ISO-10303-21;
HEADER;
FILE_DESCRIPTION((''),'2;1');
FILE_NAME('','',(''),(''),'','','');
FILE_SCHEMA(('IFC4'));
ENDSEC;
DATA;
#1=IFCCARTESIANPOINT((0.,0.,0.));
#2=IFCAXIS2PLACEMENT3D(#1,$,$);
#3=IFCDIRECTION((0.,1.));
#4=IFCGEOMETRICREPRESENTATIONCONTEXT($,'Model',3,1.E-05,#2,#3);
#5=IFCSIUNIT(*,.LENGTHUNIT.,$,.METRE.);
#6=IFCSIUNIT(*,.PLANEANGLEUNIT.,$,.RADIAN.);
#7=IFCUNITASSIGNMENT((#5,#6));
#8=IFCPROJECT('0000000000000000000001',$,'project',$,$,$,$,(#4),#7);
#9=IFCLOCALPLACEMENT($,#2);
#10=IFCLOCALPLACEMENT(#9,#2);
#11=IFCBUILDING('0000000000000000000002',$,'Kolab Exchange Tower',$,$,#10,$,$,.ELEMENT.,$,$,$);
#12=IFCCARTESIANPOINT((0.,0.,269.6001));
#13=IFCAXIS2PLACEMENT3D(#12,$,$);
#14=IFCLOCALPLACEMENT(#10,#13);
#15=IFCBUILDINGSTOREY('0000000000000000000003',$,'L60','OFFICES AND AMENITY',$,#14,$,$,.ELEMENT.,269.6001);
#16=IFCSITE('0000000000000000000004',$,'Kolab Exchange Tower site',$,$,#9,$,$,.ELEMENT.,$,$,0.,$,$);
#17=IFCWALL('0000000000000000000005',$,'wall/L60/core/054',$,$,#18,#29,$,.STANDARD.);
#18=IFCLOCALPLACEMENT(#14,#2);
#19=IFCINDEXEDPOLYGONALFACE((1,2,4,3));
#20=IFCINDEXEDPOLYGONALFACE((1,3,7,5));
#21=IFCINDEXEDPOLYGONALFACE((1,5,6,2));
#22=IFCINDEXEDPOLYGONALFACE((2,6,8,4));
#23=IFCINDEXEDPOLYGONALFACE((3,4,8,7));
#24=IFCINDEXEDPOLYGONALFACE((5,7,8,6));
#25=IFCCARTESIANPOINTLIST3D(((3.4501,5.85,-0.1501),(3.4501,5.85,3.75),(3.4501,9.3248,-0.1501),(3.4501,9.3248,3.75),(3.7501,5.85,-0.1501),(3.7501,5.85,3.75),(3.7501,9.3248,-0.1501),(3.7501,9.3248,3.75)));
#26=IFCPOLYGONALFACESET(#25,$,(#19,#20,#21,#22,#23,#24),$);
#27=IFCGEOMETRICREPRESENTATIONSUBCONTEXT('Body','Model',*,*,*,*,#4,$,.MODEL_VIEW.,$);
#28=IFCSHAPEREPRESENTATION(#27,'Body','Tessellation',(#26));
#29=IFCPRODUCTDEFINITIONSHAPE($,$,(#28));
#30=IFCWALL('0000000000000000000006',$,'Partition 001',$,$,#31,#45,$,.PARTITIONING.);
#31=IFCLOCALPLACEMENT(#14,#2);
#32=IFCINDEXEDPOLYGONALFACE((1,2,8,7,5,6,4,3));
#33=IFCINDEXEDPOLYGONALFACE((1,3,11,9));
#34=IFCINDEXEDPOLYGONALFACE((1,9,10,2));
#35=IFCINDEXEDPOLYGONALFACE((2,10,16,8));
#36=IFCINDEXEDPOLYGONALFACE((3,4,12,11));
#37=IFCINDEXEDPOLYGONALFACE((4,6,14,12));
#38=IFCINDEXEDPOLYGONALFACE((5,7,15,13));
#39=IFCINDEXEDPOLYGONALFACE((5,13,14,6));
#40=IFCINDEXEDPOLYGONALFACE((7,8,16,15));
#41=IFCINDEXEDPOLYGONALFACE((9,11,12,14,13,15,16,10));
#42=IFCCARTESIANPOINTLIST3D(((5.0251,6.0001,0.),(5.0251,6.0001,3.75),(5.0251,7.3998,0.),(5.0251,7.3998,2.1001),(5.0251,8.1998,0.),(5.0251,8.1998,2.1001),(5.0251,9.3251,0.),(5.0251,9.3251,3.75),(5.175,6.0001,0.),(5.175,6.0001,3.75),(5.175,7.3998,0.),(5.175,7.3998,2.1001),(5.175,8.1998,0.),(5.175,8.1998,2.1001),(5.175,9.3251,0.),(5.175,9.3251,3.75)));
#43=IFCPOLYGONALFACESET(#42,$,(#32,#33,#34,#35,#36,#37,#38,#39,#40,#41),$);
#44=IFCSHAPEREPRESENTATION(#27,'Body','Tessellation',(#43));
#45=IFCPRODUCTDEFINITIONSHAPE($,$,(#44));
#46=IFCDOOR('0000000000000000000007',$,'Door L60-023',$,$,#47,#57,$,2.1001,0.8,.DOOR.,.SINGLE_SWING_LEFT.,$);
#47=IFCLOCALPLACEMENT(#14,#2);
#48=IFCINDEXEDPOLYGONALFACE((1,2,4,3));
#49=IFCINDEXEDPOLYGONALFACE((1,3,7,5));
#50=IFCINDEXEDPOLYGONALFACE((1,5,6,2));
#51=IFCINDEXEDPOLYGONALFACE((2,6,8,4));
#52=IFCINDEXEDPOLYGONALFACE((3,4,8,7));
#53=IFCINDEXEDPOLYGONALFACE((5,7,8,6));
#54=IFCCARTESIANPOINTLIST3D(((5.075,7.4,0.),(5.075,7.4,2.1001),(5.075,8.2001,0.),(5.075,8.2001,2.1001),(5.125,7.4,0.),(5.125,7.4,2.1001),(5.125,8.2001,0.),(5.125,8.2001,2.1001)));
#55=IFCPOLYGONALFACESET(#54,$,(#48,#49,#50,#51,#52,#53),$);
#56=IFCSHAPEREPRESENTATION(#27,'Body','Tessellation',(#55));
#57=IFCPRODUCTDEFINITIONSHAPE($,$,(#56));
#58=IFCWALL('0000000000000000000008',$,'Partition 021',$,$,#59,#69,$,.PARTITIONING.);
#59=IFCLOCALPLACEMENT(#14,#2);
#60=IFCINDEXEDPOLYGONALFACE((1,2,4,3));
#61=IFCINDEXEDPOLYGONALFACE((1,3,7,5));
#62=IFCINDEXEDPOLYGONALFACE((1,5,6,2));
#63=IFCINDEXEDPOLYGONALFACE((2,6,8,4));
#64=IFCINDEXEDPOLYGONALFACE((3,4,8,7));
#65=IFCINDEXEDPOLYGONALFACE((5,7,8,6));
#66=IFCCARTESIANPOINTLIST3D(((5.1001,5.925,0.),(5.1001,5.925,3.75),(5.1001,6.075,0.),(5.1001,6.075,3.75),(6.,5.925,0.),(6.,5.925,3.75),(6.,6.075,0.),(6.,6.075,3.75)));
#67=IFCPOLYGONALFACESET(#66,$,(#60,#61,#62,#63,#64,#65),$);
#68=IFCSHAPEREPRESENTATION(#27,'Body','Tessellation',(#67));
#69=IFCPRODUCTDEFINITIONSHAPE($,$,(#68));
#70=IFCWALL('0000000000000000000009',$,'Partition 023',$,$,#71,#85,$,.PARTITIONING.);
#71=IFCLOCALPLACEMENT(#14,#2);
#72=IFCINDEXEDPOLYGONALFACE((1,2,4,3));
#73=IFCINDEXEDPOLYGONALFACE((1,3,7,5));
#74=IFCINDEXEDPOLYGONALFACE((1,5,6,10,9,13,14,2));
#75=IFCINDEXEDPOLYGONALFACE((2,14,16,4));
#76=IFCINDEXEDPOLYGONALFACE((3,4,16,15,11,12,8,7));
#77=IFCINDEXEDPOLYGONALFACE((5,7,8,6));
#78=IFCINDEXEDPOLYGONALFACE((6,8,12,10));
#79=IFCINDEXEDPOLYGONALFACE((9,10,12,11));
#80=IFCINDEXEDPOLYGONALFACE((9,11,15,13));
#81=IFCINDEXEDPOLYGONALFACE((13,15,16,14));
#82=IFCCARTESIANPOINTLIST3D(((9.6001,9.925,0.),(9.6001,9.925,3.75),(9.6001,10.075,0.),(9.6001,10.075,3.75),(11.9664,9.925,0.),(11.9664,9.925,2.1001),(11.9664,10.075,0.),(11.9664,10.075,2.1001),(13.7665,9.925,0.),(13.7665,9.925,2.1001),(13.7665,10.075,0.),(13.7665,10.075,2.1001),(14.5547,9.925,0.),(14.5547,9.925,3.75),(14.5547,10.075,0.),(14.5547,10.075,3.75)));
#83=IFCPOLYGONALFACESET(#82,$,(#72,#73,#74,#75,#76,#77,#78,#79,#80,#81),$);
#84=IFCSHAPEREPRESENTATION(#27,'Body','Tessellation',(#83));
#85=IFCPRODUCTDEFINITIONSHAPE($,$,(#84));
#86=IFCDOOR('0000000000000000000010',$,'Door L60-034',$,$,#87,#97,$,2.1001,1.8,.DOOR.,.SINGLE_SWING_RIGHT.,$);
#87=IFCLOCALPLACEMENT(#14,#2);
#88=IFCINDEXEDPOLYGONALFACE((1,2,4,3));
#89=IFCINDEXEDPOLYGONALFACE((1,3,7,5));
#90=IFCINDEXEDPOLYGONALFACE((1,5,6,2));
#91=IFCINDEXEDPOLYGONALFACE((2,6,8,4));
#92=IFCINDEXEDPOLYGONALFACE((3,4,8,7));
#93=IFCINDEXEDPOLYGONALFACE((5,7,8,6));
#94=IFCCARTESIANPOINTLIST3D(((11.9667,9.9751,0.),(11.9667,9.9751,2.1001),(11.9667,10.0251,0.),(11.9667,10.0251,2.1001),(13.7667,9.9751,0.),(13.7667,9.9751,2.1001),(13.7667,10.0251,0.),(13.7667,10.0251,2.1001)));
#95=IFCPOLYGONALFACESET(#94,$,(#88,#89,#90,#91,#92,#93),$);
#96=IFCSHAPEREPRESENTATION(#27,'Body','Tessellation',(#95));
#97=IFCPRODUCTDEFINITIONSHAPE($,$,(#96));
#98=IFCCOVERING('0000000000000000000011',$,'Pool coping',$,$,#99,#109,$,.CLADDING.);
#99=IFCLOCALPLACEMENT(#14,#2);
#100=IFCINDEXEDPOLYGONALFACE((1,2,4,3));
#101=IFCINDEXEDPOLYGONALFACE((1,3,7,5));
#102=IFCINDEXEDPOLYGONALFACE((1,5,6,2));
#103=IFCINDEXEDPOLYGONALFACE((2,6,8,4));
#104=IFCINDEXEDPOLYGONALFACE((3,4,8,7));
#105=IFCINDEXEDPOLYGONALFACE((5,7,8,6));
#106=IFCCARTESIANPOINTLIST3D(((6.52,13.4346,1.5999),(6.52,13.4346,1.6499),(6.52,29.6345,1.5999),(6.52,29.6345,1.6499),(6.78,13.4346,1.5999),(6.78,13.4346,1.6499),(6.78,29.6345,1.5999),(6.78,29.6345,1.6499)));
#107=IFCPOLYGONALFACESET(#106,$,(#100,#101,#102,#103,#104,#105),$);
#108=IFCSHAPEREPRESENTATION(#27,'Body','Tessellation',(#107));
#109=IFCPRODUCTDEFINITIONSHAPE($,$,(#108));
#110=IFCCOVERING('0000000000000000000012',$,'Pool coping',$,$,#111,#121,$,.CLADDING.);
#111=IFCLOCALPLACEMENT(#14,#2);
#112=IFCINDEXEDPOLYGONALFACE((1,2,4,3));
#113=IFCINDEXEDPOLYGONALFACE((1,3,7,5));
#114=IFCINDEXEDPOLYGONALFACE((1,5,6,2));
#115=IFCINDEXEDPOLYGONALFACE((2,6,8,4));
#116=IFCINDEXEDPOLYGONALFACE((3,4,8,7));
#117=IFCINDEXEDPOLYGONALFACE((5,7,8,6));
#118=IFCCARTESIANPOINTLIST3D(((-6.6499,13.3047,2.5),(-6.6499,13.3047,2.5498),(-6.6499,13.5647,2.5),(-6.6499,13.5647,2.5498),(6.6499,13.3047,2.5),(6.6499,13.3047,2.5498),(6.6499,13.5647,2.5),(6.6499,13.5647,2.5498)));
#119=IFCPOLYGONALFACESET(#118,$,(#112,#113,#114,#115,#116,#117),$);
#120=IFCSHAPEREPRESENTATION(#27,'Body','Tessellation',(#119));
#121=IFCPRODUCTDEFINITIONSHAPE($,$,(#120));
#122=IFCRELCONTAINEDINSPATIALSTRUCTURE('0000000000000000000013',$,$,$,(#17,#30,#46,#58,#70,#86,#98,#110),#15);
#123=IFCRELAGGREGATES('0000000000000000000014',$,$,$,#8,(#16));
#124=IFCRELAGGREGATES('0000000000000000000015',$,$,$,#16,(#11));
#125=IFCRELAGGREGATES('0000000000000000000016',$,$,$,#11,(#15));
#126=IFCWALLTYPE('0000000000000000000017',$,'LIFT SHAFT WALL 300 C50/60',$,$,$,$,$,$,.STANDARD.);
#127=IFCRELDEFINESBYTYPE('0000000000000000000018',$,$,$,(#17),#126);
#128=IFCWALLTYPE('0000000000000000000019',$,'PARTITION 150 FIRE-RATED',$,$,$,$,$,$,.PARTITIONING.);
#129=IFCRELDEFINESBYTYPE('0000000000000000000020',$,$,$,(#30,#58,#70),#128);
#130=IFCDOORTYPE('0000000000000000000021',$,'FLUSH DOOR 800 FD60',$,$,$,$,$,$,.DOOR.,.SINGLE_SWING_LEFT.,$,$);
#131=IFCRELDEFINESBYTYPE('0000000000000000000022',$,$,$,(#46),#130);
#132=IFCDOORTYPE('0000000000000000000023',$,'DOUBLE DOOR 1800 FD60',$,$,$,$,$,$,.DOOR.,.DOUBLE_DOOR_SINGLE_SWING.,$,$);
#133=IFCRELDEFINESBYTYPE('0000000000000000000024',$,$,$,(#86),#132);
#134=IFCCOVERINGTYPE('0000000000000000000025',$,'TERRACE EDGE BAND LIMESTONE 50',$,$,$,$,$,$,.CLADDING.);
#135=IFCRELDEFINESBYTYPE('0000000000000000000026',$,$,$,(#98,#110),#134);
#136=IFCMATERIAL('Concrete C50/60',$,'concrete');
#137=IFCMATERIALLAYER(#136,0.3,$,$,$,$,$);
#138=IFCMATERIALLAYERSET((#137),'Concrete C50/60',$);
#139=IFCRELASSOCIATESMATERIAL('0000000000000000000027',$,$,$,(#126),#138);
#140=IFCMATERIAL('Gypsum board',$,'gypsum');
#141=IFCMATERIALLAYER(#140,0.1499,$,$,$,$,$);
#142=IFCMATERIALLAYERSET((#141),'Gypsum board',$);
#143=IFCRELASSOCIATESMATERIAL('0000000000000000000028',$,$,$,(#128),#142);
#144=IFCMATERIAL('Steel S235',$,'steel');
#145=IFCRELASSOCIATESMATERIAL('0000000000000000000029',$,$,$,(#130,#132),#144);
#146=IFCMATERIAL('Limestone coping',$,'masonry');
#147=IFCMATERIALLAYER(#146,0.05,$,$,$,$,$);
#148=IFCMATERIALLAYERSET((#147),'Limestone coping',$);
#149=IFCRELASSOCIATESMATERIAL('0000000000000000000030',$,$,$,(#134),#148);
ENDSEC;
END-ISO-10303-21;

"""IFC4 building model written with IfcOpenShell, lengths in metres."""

from ifc_helpers import new_model, si_unit, direction, frame, frame_2d, origin, place, context, subcontext, project, spatial, polyline, rectangle, outline, extrude, material, layer, layer_set, type_object, element, fill, save


model = new_model("IFC4")

# Units and contexts
model_context = context("Model", 3, precision=1e-05, world=origin(), true_north=direction((0.0, 1.0)))
body_context = subcontext(model_context, "Body", "Model", "MODEL_VIEW")
ifc_project = project(units=[si_unit("LENGTHUNIT", "METRE"), si_unit("PLANEANGLEUNIT", "RADIAN")], contexts=[model_context])

# Site, building, storey
site_placement = place(None, origin())
site = spatial("IfcSite", under=ifc_project, at=site_placement, Name="Kolab Exchange Tower site", CompositionType="ELEMENT", RefElevation=0.0)
building_placement = place(site_placement, origin())
building = spatial("IfcBuilding", under=site, at=building_placement, Name="Kolab Exchange Tower", CompositionType="ELEMENT")
storey_placement = place(building_placement, frame((0.0, 0.0, 269.6001)))
storey = spatial("IfcBuildingStorey", under=building, at=storey_placement, Name="L60", Description="OFFICES AND AMENITY", CompositionType="ELEMENT", Elevation=269.6001)

# Shared definitions
ifc_material_1 = material(Name="Concrete C50/60", Category="concrete")

# Shared definitions
ifc_layer_1 = layer(ifc_material_1, 0.3)
ifc_layer_set_1 = layer_set([ifc_layer_1], Name="Concrete C50/60")
wall_type_1 = type_object("IfcWallType", Name="LIFT SHAFT WALL 300 C50/60", PredefinedType="STANDARD", material=ifc_layer_set_1)

# Wall
for number, where, z_axis, x_axis, name in (
    (1, (3.6001, 5.8501, -0.1501), (0.0, 0.0, 1.0), (0.0, 1.0, 0.0), "wall/L60/core/054"),
):
    element("IfcWall", number, at=place(storey_placement, frame(where, z_axis=z_axis, x_axis=x_axis)), inside=storey, type_object=wall_type_1, Name=name, PredefinedType="STANDARD", context=body_context, shape_type="SweptSolid", body=[
        extrude(rectangle(XDim=3.4749, YDim=0.3, at=frame_2d((1.7373, 0.0))), origin(), (0.0, 0.0, 1.0), 3.9001),
    ])

# Wall, opening, door
ifc_material_2 = material(Name="Gypsum board", Category="gypsum")
ifc_layer_2 = layer(ifc_material_2, 0.1499)
ifc_layer_set_2 = layer_set([ifc_layer_2], Name="Gypsum board")
wall_type_2 = type_object("IfcWallType", Name="PARTITION 150 FIRE-RATED", PredefinedType="PARTITIONING", material=ifc_layer_set_2)
wall_1_placement = place(storey_placement, frame((5.1001, 6.0, 0.0), z_axis=(0.0, 0.0, 1.0), x_axis=(0.0, 1.0, 0.0)))
wall_1 = element("IfcWall", 2, at=wall_1_placement, inside=storey, type_object=wall_type_2, Name="Partition 001", PredefinedType="PARTITIONING", context=body_context, shape_type="SweptSolid", body=[
    extrude(rectangle(XDim=3.325, YDim=0.1499, at=frame_2d((1.6626, 0.0))), origin(), (0.0, 0.0, 1.0), 3.75),
])
opening_1_placement = place(wall_1_placement, frame((1.3999, 0.0, 0.0)))
opening_1 = element("IfcOpeningElement", 3, at=opening_1_placement, cuts=wall_1, PredefinedType="OPENING", context=body_context, shape_type="SweptSolid", body=[
    extrude(rectangle(XDim=0.8, YDim=2.1001, at=frame_2d((0.3999, 1.05))), frame((0.0, 0.085, 0.0), z_axis=(0.0, -1.0, 0.0), x_axis=(1.0, 0.0, 0.0)), (0.0, 0.0, 1.0), 0.1699),
])
ifc_material_3 = material(Name="Steel S235", Category="steel")
door_type_1 = type_object("IfcDoorType", Name="FLUSH DOOR 800 FD60", OperationType="SINGLE_SWING_LEFT", PredefinedType="DOOR", material=ifc_material_3)
door_1_placement = place(opening_1_placement, frame((0.8, 0.0, 0.0), z_axis=(0.0, 0.0, 1.0), x_axis=(-1.0, 0.0, 0.0)))
door_1 = element("IfcDoor", 4, at=door_1_placement, inside=storey, type_object=door_type_1, Name="Door L60-023", OperationType="SINGLE_SWING_LEFT", OverallHeight=2.1001, OverallWidth=0.8, PredefinedType="DOOR", context=body_context, shape_type="SweptSolid", body=[
    extrude(rectangle(XDim=0.8, YDim=2.1001, at=frame_2d((0.3999, 1.05))), frame((0.0, 0.0249, 0.0), z_axis=(0.0, -1.0, 0.0), x_axis=(1.0, 0.0, 0.0)), (0.0, 0.0, 1.0), 0.05),
])
fill(opening_1, door_1)

# Wall
wall_2_placement = place(storey_placement, frame((5.1001, 6.0, 0.0), z_axis=(0.0, 0.0, 1.0), x_axis=(1.0, 0.0, 0.0)))
element("IfcWall", 5, at=wall_2_placement, inside=storey, type_object=wall_type_2, Name="Partition 021", PredefinedType="PARTITIONING", context=body_context, shape_type="SweptSolid", body=[
    extrude(rectangle(XDim=0.8999, YDim=0.1499, at=frame_2d((0.45, 0.0))), origin(), (0.0, 0.0, 1.0), 3.75),
])

# Wall, opening, door
wall_3_placement = place(storey_placement, frame((9.6001, 10.0, 0.0), z_axis=(0.0, 0.0, 1.0), x_axis=(1.0, 0.0, 0.0)))
wall_3 = element("IfcWall", 6, at=wall_3_placement, inside=storey, type_object=wall_type_2, Name="Partition 023", PredefinedType="PARTITIONING", context=body_context, shape_type="SweptSolid", body=[
    extrude(rectangle(XDim=4.9546, YDim=0.1499, at=frame_2d((2.4773, 0.0))), origin(), (0.0, 0.0, 1.0), 3.75),
])
opening_2_placement = place(wall_3_placement, frame((2.3665, 0.0, 0.0)))
opening_2 = element("IfcOpeningElement", 7, at=opening_2_placement, cuts=wall_3, PredefinedType="OPENING", context=body_context, shape_type="SweptSolid", body=[
    extrude(rectangle(XDim=1.8, YDim=2.1001, at=frame_2d((0.8999, 1.05))), frame((0.0, 0.085, 0.0), z_axis=(0.0, -1.0, 0.0), x_axis=(1.0, 0.0, 0.0)), (0.0, 0.0, 1.0), 0.1699),
])
door_type_2 = type_object("IfcDoorType", Name="DOUBLE DOOR 1800 FD60", OperationType="DOUBLE_DOOR_SINGLE_SWING", PredefinedType="DOOR", material=ifc_material_3)
door_2_placement = place(opening_2_placement, frame((1.8, 0.0, 0.0), z_axis=(0.0, 0.0, 1.0), x_axis=(-1.0, 0.0, 0.0)))
door_2 = element("IfcDoor", 8, at=door_2_placement, inside=storey, type_object=door_type_2, Name="Door L60-034", OperationType="SINGLE_SWING_RIGHT", OverallHeight=2.1001, OverallWidth=1.8, PredefinedType="DOOR", context=body_context, shape_type="SweptSolid", body=[
    extrude(rectangle(XDim=1.8, YDim=2.1001, at=frame_2d((0.8999, 1.05))), frame((0.0, 0.0249, 0.0), z_axis=(0.0, -1.0, 0.0), x_axis=(1.0, 0.0, 0.0)), (0.0, 0.0, 1.0), 0.05),
])
fill(opening_2, door_2)

# Coverings
ifc_material_4 = material(Name="Limestone coping", Category="masonry")
ifc_layer_3 = layer(ifc_material_4, 0.05)
ifc_layer_set_3 = layer_set([ifc_layer_3], Name="Limestone coping")
covering_type = type_object("IfcCoveringType", Name="TERRACE EDGE BAND LIMESTONE 50", PredefinedType="CLADDING", material=ifc_layer_set_3)
covering_1_placement = place(storey_placement, frame((0.0, 0.0, 1.5999)))
element("IfcCovering", 9, at=covering_1_placement, inside=storey, type_object=covering_type, Name="Pool coping", PredefinedType="CLADDING", context=body_context, shape_type="SweptSolid", body=[
    extrude(outline(polyline([(6.78, 13.4346), (6.52, 13.4346), (6.52, 29.6345), (6.78, 29.6345), (6.78, 13.4346)])), origin(), (0.0, 0.0, 1.0), 0.05),
])
covering_2_placement = place(storey_placement, frame((0.0, 0.0, 2.5)))
element("IfcCovering", 10, at=covering_2_placement, inside=storey, type_object=covering_type, Name="Pool coping", PredefinedType="CLADDING", context=body_context, shape_type="SweptSolid", body=[
    extrude(outline(polyline([(-6.6499, 13.3047), (-6.6499, 13.5647), (6.6499, 13.5647), (6.6499, 13.3047), (-6.6499, 13.3047)])), origin(), (0.0, 0.0, 1.0), 0.0498),
])

save(model, "model.ifc")
